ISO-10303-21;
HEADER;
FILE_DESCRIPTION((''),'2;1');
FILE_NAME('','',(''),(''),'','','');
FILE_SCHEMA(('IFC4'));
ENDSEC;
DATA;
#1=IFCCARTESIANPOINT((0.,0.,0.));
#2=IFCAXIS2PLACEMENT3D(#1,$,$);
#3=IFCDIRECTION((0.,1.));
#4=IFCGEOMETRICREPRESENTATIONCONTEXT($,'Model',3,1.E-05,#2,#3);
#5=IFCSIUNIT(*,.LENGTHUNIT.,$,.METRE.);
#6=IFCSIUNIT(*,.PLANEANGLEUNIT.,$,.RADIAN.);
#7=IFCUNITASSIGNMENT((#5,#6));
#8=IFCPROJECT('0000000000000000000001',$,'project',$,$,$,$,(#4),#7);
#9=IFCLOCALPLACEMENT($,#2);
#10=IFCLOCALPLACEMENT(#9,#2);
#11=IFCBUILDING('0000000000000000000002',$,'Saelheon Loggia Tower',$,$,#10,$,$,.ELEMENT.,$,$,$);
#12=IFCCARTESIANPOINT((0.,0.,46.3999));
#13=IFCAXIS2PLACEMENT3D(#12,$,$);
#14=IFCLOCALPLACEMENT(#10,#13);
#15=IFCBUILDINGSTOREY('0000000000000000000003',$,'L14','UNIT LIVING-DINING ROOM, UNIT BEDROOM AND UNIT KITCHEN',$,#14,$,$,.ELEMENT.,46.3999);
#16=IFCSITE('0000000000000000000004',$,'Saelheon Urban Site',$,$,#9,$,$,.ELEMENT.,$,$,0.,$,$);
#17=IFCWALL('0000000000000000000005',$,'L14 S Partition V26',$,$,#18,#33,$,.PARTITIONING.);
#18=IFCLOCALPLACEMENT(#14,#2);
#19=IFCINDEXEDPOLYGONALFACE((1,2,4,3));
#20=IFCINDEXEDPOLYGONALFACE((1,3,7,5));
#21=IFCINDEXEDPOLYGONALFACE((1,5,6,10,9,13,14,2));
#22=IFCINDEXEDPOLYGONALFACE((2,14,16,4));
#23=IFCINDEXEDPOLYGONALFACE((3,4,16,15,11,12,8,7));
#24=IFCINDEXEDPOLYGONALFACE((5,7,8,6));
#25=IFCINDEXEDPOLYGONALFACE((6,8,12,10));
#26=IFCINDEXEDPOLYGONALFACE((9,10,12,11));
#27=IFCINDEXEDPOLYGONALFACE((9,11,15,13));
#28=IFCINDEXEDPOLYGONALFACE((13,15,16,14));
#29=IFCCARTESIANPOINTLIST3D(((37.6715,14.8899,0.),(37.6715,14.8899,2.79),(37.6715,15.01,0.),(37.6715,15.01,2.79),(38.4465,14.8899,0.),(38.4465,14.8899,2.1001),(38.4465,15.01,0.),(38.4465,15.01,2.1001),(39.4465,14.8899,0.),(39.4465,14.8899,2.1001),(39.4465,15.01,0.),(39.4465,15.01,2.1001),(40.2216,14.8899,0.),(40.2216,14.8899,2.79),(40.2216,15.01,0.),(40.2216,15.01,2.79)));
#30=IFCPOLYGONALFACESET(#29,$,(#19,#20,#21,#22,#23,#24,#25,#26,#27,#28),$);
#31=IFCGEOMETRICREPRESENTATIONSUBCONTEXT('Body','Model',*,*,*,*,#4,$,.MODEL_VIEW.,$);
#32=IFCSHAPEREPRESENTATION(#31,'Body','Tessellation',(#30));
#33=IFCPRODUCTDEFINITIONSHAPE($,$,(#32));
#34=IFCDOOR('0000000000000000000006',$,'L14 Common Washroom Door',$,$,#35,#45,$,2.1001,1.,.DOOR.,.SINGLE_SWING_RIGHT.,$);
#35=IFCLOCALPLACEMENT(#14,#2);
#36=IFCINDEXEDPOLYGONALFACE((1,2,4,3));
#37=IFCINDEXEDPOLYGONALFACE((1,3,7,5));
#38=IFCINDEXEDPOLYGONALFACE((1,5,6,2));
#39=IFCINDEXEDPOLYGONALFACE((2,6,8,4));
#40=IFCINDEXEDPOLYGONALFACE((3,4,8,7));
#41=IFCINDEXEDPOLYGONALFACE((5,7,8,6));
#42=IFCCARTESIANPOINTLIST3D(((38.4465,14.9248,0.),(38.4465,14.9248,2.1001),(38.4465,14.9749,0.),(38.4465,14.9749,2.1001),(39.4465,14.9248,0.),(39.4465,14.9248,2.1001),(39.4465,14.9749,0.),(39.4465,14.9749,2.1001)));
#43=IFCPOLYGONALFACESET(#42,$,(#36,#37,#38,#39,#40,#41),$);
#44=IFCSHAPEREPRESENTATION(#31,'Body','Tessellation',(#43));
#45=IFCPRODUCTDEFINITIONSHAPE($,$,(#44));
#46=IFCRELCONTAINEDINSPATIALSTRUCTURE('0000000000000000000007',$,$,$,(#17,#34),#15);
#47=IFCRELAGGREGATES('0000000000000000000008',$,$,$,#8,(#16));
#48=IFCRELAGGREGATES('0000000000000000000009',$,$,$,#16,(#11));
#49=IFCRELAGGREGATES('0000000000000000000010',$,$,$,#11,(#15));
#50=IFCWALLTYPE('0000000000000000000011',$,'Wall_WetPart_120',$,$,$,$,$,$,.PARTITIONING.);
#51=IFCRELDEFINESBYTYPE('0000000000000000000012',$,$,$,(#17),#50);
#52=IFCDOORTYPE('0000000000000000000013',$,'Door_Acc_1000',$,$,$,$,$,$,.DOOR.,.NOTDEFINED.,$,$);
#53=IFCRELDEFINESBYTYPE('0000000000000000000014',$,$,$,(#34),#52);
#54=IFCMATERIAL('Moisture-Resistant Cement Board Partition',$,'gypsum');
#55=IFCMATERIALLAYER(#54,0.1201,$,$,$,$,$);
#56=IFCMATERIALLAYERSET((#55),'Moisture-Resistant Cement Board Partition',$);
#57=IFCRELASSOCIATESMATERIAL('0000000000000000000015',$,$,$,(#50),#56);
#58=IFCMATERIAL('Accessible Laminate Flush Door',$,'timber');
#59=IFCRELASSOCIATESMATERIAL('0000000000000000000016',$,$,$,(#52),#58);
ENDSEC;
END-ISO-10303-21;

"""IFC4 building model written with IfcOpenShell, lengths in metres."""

from ifc_helpers import new_model, si_unit, direction, frame, frame_2d, origin, place, context, subcontext, project, spatial, rectangle, extrude, source, transform, mapped, material, layer, layer_set, type_object, element, fill, save


model = new_model("IFC4")

# Units and contexts
model_context = context("Model", 3, precision=1e-05, world=origin(), true_north=direction((0.0, 1.0)))
body_context = subcontext(model_context, "Body", "Model", "MODEL_VIEW")
ifc_project = project(units=[si_unit("LENGTHUNIT", "METRE"), si_unit("PLANEANGLEUNIT", "RADIAN")], contexts=[model_context])

# Site, building, storey
site_placement = place(None, origin())
site = spatial("IfcSite", under=ifc_project, at=site_placement, Name="Saelheon Urban Site", CompositionType="ELEMENT", RefElevation=0.0)
building_placement = place(site_placement, origin())
building = spatial("IfcBuilding", under=site, at=building_placement, Name="Saelheon Loggia Tower", CompositionType="ELEMENT")
storey_placement = place(building_placement, frame((0.0, 0.0, 46.3999)))
storey = spatial("IfcBuildingStorey", under=building, at=storey_placement, Name="L14", Description="UNIT LIVING-DINING ROOM, UNIT BEDROOM AND UNIT KITCHEN", CompositionType="ELEMENT", Elevation=46.3999)

# Shared definitions
ifc_material_1 = material(Name="Moisture-Resistant Cement Board Partition", Category="gypsum")
ifc_layer_1 = layer(ifc_material_1, 0.1201)
ifc_layer_set_1 = layer_set([ifc_layer_1], Name="Moisture-Resistant Cement Board Partition")
wall_type_1 = type_object("IfcWallType", Name="Wall_WetPart_120", PredefinedType="PARTITIONING", material=ifc_layer_set_1)

# Wall, opening, door
wall_1_placement = place(storey_placement, frame((37.6716, 14.95, 0.0), z_axis=(0.0, 0.0, 1.0), x_axis=(1.0, 0.0, 0.0)))
wall_1 = element("IfcWall", 1, at=wall_1_placement, inside=storey, type_object=wall_type_1, Name="L14 S Partition V26", PredefinedType="PARTITIONING", context=body_context, shape_type="SweptSolid", body=[
    extrude(rectangle(XDim=2.55, YDim=0.1201, at=frame_2d((1.2749, 0.0))), origin(), (0.0, 0.0, 1.0), 2.79),
])
opening_1_placement = place(wall_1_placement, frame((0.7749, 0.0, 0.0)))
opening_1 = element("IfcOpeningElement", 2, at=opening_1_placement, cuts=wall_1, PredefinedType="OPENING", context=body_context, shape_type="SweptSolid", body=[
    extrude(rectangle(XDim=1.0, YDim=2.1001, at=frame_2d((0.5, 1.05))), frame((0.0, 0.072, 0.0), z_axis=(0.0, -1.0, 0.0), x_axis=(1.0, 0.0, 0.0)), (0.0, 0.0, 1.0), 0.144),
])
ifc_material_2 = material(Name="Accessible Laminate Flush Door", Category="timber")
door_type_1 = type_object("IfcDoorType", Name="Door_Acc_1000", OperationType="NOTDEFINED", PredefinedType="DOOR", material=ifc_material_2)
shared_shape_1 = source(origin(), body_context, "Body", "SweptSolid", [
    extrude(rectangle(XDim=1.0, YDim=2.1001, at=frame_2d((0.5, 1.05))), frame((0.0, 0.0249, 0.0), z_axis=(0.0, -1.0, 0.0), x_axis=(1.0, 0.0, 0.0)), (0.0, 0.0, 1.0), 0.05),
])
door_1_placement = place(opening_1_placement, origin())
door_1 = element("IfcDoor", 3, at=door_1_placement, inside=storey, type_object=door_type_1, Name="L14 Common Washroom Door", OperationType="SINGLE_SWING_RIGHT", OverallHeight=2.1001, OverallWidth=1.0, PredefinedType="DOOR", context=body_context, shape_type="MappedRepresentation", body=[
    mapped(shared_shape_1, transform((0.0, 0.0, 0.0), scale=1.0)),
])
fill(opening_1, door_1)

save(model, "model.ifc")
